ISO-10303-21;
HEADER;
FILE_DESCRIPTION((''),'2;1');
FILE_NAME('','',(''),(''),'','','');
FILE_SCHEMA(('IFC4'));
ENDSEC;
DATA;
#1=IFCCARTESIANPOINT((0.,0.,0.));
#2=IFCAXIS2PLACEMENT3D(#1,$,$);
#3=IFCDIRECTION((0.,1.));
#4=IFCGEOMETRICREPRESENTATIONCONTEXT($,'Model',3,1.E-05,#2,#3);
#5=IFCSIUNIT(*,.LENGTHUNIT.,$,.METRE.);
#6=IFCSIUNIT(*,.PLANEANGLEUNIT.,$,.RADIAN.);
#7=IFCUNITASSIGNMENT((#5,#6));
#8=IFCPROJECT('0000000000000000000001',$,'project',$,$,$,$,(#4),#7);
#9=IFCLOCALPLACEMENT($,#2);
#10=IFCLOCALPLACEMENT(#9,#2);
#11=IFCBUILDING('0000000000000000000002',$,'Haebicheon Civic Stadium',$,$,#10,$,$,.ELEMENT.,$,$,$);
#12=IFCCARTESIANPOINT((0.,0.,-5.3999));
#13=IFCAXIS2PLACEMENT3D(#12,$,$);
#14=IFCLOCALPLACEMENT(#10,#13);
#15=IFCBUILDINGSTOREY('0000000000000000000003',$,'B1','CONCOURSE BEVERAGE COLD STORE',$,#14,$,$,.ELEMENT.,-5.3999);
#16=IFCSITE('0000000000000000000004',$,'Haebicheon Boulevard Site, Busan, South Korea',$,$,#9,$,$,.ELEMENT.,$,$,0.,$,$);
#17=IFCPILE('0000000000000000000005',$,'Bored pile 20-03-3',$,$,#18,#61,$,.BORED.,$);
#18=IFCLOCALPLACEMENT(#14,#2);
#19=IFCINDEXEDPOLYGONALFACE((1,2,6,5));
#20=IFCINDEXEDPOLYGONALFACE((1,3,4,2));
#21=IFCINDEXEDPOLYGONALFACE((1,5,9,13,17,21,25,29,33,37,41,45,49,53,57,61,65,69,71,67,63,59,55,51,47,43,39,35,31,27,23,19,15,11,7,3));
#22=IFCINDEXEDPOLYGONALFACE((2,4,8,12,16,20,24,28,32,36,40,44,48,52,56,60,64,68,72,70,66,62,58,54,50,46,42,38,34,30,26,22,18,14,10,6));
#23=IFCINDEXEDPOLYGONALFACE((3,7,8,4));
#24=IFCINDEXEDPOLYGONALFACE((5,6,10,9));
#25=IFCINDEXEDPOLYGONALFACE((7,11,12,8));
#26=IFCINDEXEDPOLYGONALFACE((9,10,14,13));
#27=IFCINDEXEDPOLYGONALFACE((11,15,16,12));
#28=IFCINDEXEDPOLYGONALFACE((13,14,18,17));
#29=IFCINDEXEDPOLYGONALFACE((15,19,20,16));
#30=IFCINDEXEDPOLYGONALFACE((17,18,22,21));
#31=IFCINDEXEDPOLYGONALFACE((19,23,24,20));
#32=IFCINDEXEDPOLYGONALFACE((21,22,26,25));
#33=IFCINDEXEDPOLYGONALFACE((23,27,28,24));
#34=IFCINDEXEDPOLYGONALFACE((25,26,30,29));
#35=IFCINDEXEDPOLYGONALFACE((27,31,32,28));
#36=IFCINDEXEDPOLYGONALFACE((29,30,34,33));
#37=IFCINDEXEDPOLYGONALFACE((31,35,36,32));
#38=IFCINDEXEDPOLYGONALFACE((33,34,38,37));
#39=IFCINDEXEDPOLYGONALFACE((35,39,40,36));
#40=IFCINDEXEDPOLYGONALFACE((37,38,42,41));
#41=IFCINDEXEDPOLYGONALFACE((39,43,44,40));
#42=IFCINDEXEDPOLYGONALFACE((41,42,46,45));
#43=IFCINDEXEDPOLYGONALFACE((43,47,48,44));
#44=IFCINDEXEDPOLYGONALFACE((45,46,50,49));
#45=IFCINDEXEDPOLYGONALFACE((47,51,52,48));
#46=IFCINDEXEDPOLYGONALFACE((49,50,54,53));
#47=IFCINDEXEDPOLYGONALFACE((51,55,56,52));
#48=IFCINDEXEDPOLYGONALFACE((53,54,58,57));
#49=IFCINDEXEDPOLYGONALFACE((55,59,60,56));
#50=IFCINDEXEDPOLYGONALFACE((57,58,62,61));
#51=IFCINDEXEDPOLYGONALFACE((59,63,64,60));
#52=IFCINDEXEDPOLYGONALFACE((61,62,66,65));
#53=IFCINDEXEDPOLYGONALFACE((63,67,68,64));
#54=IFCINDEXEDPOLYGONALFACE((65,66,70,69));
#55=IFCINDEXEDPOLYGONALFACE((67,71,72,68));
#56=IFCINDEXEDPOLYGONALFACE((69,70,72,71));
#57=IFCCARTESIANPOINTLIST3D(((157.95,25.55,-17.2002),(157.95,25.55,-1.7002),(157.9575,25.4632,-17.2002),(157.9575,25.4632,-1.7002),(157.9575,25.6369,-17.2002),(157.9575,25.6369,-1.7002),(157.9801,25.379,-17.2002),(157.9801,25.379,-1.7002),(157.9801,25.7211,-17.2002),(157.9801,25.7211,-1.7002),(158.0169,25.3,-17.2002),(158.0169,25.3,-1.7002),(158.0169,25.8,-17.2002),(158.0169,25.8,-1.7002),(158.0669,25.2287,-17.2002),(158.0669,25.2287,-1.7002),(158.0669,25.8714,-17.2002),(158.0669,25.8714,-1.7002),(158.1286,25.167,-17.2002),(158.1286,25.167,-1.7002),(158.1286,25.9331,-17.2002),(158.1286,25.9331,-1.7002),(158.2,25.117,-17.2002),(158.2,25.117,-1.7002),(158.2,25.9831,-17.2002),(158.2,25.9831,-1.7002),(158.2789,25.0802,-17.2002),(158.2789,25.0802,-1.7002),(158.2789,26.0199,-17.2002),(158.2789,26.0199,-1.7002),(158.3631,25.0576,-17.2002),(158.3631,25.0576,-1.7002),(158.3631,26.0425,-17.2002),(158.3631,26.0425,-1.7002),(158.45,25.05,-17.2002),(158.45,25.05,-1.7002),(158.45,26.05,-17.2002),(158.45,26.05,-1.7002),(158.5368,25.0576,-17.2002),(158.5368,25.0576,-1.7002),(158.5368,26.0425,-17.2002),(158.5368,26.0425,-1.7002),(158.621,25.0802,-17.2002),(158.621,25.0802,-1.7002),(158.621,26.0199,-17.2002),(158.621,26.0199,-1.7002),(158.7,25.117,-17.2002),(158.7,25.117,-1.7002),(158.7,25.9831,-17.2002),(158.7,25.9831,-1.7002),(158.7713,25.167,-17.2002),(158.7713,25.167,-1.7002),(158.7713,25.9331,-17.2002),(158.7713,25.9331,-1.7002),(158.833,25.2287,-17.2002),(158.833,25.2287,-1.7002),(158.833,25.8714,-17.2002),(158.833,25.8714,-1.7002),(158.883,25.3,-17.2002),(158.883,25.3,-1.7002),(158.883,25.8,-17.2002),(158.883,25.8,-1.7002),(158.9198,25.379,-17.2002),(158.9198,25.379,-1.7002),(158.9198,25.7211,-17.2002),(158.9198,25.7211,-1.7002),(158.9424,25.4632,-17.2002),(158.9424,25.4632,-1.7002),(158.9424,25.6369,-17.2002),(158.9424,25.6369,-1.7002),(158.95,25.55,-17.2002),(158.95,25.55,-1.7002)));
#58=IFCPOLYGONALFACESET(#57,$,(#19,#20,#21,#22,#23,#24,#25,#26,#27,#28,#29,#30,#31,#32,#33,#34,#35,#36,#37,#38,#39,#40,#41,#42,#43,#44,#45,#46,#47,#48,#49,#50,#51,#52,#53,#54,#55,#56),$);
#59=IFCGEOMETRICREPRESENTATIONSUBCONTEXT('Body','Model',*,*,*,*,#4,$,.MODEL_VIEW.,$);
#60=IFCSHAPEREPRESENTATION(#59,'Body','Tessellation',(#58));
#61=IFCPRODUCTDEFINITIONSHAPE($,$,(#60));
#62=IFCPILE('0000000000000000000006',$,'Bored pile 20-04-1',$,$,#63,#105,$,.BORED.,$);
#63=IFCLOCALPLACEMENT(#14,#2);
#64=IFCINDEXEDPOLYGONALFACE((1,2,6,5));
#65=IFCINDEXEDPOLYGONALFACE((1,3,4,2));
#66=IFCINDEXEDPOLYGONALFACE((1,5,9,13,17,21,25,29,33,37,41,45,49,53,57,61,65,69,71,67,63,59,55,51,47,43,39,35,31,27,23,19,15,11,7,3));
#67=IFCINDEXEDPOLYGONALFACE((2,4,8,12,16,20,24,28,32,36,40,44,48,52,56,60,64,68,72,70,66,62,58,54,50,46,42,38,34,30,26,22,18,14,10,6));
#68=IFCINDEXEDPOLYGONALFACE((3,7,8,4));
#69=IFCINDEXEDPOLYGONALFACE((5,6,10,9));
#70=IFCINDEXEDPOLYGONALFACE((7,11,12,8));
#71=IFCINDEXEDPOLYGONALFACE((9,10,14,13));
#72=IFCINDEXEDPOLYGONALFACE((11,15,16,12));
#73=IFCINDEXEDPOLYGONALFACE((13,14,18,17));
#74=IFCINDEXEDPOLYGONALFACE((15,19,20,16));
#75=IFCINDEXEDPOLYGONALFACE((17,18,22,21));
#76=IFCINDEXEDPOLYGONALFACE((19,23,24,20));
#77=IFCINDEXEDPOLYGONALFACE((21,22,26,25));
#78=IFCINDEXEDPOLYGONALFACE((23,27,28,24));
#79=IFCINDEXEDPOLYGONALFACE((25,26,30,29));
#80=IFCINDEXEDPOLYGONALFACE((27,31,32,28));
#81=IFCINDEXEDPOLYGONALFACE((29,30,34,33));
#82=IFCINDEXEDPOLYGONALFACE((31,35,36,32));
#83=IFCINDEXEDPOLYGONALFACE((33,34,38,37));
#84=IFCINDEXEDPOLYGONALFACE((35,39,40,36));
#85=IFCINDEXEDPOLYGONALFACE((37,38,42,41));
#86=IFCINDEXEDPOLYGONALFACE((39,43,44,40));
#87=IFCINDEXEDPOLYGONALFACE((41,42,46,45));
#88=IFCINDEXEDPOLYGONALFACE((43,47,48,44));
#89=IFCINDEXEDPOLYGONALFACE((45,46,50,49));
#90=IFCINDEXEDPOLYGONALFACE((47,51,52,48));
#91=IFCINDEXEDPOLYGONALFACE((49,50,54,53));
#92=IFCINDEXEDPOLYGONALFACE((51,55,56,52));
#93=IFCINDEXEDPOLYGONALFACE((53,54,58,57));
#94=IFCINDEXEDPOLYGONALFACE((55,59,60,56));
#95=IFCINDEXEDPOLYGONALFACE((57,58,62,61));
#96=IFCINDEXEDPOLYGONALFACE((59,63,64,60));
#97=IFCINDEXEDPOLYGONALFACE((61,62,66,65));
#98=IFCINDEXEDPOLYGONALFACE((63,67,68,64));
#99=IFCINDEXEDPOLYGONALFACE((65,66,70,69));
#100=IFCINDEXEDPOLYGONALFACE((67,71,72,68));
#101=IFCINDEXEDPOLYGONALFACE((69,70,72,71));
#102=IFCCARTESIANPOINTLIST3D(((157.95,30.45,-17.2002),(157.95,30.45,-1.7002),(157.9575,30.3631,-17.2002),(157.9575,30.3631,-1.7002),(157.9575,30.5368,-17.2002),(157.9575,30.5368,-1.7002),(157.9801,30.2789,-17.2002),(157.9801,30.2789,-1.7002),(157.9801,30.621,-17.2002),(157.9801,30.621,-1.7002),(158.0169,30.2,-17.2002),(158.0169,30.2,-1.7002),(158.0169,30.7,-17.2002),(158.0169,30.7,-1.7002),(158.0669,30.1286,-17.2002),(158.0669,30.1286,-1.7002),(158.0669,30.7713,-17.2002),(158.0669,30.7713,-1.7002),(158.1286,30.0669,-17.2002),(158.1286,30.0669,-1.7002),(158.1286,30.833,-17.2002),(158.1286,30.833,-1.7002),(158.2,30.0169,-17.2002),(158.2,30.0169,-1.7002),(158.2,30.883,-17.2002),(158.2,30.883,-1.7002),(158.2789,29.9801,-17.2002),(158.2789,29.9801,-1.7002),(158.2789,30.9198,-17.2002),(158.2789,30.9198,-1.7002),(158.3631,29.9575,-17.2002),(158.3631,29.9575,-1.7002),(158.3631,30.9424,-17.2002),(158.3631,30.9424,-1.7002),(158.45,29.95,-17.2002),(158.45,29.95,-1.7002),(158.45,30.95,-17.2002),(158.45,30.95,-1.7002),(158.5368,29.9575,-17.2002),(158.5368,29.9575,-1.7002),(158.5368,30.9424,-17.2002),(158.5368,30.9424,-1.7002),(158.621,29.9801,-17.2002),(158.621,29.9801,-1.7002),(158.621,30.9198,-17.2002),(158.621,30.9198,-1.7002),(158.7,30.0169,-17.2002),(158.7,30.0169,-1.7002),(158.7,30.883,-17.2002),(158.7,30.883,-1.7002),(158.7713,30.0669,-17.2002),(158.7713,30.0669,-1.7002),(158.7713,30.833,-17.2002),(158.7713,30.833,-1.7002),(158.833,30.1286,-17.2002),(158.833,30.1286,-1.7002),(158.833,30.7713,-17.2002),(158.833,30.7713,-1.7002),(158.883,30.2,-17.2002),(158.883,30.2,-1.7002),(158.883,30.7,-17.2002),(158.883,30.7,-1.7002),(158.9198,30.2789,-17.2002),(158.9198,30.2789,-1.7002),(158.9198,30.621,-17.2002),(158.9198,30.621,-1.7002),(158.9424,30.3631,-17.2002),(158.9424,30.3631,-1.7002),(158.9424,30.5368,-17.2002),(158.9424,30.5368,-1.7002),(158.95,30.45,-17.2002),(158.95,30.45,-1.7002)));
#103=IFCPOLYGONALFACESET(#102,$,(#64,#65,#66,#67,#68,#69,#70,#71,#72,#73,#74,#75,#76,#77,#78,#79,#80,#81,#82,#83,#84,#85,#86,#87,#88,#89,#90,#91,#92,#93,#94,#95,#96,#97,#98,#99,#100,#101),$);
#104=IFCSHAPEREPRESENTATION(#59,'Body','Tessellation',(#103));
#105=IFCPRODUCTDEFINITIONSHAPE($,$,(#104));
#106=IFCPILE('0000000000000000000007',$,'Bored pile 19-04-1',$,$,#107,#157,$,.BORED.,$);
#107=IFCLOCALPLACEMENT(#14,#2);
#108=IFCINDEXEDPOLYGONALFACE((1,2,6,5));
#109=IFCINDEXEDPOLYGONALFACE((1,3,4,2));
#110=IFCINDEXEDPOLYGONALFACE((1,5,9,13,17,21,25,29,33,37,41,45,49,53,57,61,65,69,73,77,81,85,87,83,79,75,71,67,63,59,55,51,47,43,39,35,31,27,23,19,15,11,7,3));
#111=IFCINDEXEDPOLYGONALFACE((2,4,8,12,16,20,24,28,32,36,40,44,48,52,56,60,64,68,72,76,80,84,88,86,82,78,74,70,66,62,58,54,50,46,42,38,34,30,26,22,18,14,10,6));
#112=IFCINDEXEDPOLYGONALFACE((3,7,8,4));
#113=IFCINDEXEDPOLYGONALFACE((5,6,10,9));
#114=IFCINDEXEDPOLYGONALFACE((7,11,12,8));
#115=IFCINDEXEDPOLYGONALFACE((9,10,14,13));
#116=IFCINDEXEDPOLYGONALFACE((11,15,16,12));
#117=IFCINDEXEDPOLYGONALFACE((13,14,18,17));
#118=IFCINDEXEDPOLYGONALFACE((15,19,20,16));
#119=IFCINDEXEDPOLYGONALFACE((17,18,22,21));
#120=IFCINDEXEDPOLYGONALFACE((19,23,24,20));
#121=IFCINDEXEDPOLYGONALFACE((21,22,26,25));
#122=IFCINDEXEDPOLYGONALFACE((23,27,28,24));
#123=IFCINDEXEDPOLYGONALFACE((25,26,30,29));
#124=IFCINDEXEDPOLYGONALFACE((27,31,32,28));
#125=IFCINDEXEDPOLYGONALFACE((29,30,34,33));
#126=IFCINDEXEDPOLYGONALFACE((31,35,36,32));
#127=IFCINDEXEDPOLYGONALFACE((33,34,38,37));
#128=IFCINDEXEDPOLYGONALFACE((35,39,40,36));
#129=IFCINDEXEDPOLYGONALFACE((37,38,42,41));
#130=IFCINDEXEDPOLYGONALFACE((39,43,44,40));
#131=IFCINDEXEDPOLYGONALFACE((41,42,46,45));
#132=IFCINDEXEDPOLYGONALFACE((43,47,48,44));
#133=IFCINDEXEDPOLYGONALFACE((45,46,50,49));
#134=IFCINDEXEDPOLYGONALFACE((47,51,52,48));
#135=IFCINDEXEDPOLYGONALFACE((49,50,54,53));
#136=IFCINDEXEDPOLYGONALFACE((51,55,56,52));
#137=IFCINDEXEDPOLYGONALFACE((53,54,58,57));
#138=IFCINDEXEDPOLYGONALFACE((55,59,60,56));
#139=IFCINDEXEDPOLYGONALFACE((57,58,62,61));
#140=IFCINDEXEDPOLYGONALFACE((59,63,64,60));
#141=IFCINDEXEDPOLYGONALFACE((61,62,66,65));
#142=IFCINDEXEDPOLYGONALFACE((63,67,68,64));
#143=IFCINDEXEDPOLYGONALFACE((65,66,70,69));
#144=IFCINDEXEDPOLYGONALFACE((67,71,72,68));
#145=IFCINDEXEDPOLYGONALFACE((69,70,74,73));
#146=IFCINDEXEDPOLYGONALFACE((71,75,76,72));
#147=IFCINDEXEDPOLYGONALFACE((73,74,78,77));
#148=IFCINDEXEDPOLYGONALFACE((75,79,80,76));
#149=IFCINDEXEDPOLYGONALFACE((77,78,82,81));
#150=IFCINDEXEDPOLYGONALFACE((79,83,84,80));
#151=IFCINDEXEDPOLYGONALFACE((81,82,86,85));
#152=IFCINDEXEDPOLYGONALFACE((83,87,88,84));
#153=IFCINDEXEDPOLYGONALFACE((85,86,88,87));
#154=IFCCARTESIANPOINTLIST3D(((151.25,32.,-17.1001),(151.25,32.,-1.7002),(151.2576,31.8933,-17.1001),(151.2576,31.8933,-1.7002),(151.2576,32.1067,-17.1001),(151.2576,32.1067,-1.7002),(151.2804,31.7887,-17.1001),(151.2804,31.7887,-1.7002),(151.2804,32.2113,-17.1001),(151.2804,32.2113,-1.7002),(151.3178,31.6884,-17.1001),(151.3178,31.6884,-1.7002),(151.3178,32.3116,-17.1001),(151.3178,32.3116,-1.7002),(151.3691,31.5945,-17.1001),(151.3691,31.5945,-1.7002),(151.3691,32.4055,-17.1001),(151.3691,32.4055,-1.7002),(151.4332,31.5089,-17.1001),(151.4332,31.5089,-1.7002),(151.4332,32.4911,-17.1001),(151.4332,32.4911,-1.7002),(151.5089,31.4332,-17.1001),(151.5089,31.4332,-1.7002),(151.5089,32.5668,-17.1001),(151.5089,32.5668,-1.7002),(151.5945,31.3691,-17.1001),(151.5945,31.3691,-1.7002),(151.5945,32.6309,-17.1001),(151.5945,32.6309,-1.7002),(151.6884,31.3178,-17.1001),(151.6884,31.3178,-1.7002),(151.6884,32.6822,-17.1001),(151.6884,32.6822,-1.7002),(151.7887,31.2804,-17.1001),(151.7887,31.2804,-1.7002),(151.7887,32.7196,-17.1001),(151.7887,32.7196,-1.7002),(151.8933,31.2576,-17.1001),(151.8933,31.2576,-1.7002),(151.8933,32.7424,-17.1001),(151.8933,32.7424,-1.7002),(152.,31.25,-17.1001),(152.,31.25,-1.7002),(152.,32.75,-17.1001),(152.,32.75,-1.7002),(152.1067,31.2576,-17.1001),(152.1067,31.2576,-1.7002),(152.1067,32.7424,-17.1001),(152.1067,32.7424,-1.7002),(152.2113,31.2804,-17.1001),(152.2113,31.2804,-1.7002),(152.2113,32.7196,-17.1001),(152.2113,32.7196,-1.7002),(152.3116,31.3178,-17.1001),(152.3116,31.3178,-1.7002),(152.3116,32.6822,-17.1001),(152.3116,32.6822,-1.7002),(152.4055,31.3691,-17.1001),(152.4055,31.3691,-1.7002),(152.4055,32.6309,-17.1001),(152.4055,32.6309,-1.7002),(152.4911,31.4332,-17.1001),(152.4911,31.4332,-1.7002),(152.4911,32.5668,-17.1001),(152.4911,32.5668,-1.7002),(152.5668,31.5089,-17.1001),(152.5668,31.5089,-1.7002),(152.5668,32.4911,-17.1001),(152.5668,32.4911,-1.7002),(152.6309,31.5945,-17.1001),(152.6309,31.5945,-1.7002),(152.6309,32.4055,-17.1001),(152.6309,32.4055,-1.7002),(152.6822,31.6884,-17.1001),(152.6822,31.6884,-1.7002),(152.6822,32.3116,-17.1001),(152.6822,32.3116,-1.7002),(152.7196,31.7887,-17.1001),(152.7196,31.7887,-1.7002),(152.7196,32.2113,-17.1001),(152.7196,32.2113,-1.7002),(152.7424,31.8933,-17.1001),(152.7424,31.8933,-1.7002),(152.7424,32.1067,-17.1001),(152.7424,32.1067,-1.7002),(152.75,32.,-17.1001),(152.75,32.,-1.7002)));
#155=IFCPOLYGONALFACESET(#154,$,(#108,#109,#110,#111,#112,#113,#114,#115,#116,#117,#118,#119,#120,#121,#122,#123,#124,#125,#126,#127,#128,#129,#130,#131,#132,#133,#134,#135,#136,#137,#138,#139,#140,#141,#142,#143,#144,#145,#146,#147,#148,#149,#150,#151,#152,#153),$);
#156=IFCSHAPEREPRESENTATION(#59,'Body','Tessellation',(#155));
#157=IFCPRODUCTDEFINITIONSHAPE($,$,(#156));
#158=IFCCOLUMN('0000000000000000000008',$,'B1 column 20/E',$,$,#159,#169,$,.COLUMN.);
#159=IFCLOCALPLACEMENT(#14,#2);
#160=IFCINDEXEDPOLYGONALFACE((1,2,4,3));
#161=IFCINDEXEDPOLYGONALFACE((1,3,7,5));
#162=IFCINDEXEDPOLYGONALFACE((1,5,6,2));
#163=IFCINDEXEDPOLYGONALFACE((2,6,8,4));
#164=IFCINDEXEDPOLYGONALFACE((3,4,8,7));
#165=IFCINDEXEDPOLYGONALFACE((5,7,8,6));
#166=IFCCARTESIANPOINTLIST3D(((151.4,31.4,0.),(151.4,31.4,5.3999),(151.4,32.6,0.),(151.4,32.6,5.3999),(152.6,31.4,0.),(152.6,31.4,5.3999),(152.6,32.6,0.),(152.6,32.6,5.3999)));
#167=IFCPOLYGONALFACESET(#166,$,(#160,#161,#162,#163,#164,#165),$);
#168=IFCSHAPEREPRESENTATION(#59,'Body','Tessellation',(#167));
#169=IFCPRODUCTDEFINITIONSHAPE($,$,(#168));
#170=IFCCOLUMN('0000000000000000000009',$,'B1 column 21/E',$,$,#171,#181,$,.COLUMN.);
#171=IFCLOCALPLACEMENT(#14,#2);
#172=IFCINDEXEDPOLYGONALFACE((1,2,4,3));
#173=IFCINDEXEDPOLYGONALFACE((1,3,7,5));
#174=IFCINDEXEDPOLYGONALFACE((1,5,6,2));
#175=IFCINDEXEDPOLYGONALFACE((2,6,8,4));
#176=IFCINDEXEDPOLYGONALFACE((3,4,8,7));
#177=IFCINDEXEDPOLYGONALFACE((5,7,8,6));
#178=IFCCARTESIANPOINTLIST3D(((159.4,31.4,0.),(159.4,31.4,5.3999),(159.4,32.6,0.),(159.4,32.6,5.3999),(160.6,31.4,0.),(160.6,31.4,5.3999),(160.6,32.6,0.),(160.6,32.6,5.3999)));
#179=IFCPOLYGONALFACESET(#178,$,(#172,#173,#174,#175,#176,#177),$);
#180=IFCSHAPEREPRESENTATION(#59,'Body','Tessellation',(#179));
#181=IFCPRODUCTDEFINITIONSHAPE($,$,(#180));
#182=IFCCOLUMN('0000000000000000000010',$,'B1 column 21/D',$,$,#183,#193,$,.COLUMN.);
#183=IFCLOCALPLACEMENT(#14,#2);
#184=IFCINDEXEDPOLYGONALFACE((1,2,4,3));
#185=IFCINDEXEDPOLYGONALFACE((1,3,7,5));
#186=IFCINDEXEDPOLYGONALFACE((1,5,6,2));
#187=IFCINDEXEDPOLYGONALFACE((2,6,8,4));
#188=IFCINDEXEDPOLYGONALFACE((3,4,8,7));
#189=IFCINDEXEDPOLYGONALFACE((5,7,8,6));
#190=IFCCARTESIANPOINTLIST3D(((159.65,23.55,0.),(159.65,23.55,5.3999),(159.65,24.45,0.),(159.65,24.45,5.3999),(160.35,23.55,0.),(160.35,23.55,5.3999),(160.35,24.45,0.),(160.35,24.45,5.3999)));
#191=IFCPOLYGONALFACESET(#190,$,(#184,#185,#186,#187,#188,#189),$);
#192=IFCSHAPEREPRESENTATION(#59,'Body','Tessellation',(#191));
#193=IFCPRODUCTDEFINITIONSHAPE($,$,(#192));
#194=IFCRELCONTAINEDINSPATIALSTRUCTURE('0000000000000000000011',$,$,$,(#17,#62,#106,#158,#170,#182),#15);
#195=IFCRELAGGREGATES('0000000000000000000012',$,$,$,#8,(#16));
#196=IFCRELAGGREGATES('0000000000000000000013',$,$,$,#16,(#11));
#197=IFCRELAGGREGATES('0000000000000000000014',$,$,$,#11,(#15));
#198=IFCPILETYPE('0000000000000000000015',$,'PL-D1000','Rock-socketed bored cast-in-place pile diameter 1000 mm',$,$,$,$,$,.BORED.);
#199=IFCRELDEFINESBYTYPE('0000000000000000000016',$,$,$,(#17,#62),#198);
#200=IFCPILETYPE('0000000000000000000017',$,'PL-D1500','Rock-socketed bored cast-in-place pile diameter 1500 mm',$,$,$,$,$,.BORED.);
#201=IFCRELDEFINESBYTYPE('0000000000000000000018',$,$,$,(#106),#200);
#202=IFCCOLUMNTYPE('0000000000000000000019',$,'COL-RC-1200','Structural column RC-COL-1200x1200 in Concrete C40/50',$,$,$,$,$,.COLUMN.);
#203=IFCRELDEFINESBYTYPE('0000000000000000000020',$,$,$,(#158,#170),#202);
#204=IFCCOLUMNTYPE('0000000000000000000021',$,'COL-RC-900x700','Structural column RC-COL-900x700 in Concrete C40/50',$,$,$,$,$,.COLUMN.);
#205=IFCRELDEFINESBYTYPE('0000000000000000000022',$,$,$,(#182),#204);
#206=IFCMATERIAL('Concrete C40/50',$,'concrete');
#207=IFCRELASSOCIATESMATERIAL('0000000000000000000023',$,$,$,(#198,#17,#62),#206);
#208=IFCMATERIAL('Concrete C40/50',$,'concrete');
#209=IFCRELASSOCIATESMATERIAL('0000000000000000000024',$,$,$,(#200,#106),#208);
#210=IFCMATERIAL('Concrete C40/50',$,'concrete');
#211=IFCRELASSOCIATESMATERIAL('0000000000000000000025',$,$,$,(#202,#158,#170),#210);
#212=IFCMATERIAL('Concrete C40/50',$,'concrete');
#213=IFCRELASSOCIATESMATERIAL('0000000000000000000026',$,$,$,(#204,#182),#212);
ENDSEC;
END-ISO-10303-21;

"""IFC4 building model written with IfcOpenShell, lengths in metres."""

from ifc_helpers import new_model, si_unit, direction, frame, origin, origin_2d, place, context, subcontext, project, spatial, rectangle, circle, extrude, material, material_profile, profile_set, type_object, element, save


model = new_model("IFC4")

# Units and contexts
model_context = context("Model", 3, precision=1e-05, world=origin(), true_north=direction((0.0, 1.0)))
body_context = subcontext(model_context, "Body", "Model", "MODEL_VIEW")
ifc_project = project(units=[si_unit("LENGTHUNIT", "METRE"), si_unit("PLANEANGLEUNIT", "RADIAN")], contexts=[model_context])

# Site, building, storey
site_placement = place(None, origin())
site = spatial("IfcSite", under=ifc_project, at=site_placement, Name="Haebicheon Boulevard Site, Busan, South Korea", CompositionType="ELEMENT", RefElevation=0.0)
building_placement = place(site_placement, origin())
building = spatial("IfcBuilding", under=site, at=building_placement, Name="Haebicheon Civic Stadium", CompositionType="ELEMENT")
storey_placement = place(building_placement, frame((0.0, 0.0, -5.3999)))
storey = spatial("IfcBuildingStorey", under=building, at=storey_placement, Name="B1", Description="CONCOURSE BEVERAGE COLD STORE", CompositionType="ELEMENT", Elevation=-5.3999)

# Piles
ifc_material_1 = material(Name="Concrete C40/50", Category="concrete")
ifc_material_profile_1 = material_profile(ifc_material_1, circle(Radius=0.5, at=origin_2d()), Name="PILE-D1000")
ifc_profile_set_1 = profile_set([ifc_material_profile_1], Name="Concrete C40/50")
pile_type_1 = type_object("IfcPileType", Name="PL-D1000", Description="Rock-socketed bored cast-in-place pile diameter 1000 mm", PredefinedType="BORED", material=ifc_profile_set_1)
for number, where, z_axis, x_axis, name in (
    (1, (158.45, 25.55, -1.7002), (0.0, 0.0, -1.0), (1.0, 0.0, 0.0), "Bored pile 20-03-3"),
    (2, (158.45, 30.45, -1.7002), (0.0, 0.0, -1.0), (1.0, 0.0, 0.0), "Bored pile 20-04-1"),
):
    element("IfcPile", number, at=place(storey_placement, frame(where, z_axis=z_axis, x_axis=x_axis)), inside=storey, type_object=pile_type_1, material=ifc_profile_set_1, Name=name, PredefinedType="BORED", context=body_context, shape_type="SweptSolid", body=[
        extrude(circle(Radius=0.5, at=origin_2d()), origin(), (0.0, 0.0, 1.0), 15.5),
    ])
ifc_material_2 = material(Name="Concrete C40/50", Category="concrete")
ifc_material_profile_2 = material_profile(ifc_material_2, circle(Radius=0.75, at=origin_2d()), Name="PILE-D1500")
ifc_profile_set_2 = profile_set([ifc_material_profile_2], Name="Concrete C40/50")
pile_type_2 = type_object("IfcPileType", Name="PL-D1500", Description="Rock-socketed bored cast-in-place pile diameter 1500 mm", PredefinedType="BORED", material=ifc_profile_set_2)
pile_placement = place(storey_placement, frame((152.0, 32.0, -1.7002), z_axis=(0.0, 0.0, -1.0), x_axis=(1.0, 0.0, 0.0)))
element("IfcPile", 3, at=pile_placement, inside=storey, type_object=pile_type_2, material=ifc_profile_set_2, Name="Bored pile 19-04-1", PredefinedType="BORED", context=body_context, shape_type="SweptSolid", body=[
    extrude(circle(Radius=0.75, at=origin_2d()), origin(), (0.0, 0.0, 1.0), 15.3999),
])

# Columns
ifc_material_3 = material(Name="Concrete C40/50", Category="concrete")
ifc_material_profile_3 = material_profile(ifc_material_3, rectangle(XDim=1.2, YDim=1.2, at=origin_2d()), Name="RC-COL-1200x1200")
ifc_profile_set_3 = profile_set([ifc_material_profile_3], Name="Concrete C40/50")
column_type_1 = type_object("IfcColumnType", Name="COL-RC-1200", Description="Structural column RC-COL-1200x1200 in Concrete C40/50", PredefinedType="COLUMN", material=ifc_profile_set_3)
for number, where, z_axis, x_axis, name in (
    (4, (152.0, 32.0, 0.0), (0.0, 0.0, 1.0), (1.0, 0.0, 0.0), "B1 column 20/E"),
    (5, (160.0, 32.0, 0.0), (0.0, 0.0, 1.0), (1.0, 0.0, 0.0), "B1 column 21/E"),
):
    element("IfcColumn", number, at=place(storey_placement, frame(where, z_axis=z_axis, x_axis=x_axis)), inside=storey, type_object=column_type_1, material=ifc_profile_set_3, Name=name, PredefinedType="COLUMN", context=body_context, shape_type="SweptSolid", body=[
        extrude(rectangle(XDim=1.2, YDim=1.2, at=origin_2d()), origin(), (0.0, 0.0, 1.0), 5.3999),
    ])
ifc_material_4 = material(Name="Concrete C40/50", Category="concrete")
ifc_material_profile_4 = material_profile(ifc_material_4, rectangle(XDim=0.7, YDim=0.8999, at=origin_2d()), Name="RC-COL-900x700")
ifc_profile_set_4 = profile_set([ifc_material_profile_4], Name="Concrete C40/50")
column_type_2 = type_object("IfcColumnType", Name="COL-RC-900x700", Description="Structural column RC-COL-900x700 in Concrete C40/50", PredefinedType="COLUMN", material=ifc_profile_set_4)
column_placement = place(storey_placement, frame((160.0, 24.0, 0.0), z_axis=(0.0, 0.0, 1.0), x_axis=(1.0, 0.0, 0.0)))
element("IfcColumn", 6, at=column_placement, inside=storey, type_object=column_type_2, material=ifc_profile_set_4, Name="B1 column 21/D", PredefinedType="COLUMN", context=body_context, shape_type="SweptSolid", body=[
    extrude(rectangle(XDim=0.7, YDim=0.8999, at=origin_2d()), origin(), (0.0, 0.0, 1.0), 5.3999),
])

save(model, "model.ifc")
